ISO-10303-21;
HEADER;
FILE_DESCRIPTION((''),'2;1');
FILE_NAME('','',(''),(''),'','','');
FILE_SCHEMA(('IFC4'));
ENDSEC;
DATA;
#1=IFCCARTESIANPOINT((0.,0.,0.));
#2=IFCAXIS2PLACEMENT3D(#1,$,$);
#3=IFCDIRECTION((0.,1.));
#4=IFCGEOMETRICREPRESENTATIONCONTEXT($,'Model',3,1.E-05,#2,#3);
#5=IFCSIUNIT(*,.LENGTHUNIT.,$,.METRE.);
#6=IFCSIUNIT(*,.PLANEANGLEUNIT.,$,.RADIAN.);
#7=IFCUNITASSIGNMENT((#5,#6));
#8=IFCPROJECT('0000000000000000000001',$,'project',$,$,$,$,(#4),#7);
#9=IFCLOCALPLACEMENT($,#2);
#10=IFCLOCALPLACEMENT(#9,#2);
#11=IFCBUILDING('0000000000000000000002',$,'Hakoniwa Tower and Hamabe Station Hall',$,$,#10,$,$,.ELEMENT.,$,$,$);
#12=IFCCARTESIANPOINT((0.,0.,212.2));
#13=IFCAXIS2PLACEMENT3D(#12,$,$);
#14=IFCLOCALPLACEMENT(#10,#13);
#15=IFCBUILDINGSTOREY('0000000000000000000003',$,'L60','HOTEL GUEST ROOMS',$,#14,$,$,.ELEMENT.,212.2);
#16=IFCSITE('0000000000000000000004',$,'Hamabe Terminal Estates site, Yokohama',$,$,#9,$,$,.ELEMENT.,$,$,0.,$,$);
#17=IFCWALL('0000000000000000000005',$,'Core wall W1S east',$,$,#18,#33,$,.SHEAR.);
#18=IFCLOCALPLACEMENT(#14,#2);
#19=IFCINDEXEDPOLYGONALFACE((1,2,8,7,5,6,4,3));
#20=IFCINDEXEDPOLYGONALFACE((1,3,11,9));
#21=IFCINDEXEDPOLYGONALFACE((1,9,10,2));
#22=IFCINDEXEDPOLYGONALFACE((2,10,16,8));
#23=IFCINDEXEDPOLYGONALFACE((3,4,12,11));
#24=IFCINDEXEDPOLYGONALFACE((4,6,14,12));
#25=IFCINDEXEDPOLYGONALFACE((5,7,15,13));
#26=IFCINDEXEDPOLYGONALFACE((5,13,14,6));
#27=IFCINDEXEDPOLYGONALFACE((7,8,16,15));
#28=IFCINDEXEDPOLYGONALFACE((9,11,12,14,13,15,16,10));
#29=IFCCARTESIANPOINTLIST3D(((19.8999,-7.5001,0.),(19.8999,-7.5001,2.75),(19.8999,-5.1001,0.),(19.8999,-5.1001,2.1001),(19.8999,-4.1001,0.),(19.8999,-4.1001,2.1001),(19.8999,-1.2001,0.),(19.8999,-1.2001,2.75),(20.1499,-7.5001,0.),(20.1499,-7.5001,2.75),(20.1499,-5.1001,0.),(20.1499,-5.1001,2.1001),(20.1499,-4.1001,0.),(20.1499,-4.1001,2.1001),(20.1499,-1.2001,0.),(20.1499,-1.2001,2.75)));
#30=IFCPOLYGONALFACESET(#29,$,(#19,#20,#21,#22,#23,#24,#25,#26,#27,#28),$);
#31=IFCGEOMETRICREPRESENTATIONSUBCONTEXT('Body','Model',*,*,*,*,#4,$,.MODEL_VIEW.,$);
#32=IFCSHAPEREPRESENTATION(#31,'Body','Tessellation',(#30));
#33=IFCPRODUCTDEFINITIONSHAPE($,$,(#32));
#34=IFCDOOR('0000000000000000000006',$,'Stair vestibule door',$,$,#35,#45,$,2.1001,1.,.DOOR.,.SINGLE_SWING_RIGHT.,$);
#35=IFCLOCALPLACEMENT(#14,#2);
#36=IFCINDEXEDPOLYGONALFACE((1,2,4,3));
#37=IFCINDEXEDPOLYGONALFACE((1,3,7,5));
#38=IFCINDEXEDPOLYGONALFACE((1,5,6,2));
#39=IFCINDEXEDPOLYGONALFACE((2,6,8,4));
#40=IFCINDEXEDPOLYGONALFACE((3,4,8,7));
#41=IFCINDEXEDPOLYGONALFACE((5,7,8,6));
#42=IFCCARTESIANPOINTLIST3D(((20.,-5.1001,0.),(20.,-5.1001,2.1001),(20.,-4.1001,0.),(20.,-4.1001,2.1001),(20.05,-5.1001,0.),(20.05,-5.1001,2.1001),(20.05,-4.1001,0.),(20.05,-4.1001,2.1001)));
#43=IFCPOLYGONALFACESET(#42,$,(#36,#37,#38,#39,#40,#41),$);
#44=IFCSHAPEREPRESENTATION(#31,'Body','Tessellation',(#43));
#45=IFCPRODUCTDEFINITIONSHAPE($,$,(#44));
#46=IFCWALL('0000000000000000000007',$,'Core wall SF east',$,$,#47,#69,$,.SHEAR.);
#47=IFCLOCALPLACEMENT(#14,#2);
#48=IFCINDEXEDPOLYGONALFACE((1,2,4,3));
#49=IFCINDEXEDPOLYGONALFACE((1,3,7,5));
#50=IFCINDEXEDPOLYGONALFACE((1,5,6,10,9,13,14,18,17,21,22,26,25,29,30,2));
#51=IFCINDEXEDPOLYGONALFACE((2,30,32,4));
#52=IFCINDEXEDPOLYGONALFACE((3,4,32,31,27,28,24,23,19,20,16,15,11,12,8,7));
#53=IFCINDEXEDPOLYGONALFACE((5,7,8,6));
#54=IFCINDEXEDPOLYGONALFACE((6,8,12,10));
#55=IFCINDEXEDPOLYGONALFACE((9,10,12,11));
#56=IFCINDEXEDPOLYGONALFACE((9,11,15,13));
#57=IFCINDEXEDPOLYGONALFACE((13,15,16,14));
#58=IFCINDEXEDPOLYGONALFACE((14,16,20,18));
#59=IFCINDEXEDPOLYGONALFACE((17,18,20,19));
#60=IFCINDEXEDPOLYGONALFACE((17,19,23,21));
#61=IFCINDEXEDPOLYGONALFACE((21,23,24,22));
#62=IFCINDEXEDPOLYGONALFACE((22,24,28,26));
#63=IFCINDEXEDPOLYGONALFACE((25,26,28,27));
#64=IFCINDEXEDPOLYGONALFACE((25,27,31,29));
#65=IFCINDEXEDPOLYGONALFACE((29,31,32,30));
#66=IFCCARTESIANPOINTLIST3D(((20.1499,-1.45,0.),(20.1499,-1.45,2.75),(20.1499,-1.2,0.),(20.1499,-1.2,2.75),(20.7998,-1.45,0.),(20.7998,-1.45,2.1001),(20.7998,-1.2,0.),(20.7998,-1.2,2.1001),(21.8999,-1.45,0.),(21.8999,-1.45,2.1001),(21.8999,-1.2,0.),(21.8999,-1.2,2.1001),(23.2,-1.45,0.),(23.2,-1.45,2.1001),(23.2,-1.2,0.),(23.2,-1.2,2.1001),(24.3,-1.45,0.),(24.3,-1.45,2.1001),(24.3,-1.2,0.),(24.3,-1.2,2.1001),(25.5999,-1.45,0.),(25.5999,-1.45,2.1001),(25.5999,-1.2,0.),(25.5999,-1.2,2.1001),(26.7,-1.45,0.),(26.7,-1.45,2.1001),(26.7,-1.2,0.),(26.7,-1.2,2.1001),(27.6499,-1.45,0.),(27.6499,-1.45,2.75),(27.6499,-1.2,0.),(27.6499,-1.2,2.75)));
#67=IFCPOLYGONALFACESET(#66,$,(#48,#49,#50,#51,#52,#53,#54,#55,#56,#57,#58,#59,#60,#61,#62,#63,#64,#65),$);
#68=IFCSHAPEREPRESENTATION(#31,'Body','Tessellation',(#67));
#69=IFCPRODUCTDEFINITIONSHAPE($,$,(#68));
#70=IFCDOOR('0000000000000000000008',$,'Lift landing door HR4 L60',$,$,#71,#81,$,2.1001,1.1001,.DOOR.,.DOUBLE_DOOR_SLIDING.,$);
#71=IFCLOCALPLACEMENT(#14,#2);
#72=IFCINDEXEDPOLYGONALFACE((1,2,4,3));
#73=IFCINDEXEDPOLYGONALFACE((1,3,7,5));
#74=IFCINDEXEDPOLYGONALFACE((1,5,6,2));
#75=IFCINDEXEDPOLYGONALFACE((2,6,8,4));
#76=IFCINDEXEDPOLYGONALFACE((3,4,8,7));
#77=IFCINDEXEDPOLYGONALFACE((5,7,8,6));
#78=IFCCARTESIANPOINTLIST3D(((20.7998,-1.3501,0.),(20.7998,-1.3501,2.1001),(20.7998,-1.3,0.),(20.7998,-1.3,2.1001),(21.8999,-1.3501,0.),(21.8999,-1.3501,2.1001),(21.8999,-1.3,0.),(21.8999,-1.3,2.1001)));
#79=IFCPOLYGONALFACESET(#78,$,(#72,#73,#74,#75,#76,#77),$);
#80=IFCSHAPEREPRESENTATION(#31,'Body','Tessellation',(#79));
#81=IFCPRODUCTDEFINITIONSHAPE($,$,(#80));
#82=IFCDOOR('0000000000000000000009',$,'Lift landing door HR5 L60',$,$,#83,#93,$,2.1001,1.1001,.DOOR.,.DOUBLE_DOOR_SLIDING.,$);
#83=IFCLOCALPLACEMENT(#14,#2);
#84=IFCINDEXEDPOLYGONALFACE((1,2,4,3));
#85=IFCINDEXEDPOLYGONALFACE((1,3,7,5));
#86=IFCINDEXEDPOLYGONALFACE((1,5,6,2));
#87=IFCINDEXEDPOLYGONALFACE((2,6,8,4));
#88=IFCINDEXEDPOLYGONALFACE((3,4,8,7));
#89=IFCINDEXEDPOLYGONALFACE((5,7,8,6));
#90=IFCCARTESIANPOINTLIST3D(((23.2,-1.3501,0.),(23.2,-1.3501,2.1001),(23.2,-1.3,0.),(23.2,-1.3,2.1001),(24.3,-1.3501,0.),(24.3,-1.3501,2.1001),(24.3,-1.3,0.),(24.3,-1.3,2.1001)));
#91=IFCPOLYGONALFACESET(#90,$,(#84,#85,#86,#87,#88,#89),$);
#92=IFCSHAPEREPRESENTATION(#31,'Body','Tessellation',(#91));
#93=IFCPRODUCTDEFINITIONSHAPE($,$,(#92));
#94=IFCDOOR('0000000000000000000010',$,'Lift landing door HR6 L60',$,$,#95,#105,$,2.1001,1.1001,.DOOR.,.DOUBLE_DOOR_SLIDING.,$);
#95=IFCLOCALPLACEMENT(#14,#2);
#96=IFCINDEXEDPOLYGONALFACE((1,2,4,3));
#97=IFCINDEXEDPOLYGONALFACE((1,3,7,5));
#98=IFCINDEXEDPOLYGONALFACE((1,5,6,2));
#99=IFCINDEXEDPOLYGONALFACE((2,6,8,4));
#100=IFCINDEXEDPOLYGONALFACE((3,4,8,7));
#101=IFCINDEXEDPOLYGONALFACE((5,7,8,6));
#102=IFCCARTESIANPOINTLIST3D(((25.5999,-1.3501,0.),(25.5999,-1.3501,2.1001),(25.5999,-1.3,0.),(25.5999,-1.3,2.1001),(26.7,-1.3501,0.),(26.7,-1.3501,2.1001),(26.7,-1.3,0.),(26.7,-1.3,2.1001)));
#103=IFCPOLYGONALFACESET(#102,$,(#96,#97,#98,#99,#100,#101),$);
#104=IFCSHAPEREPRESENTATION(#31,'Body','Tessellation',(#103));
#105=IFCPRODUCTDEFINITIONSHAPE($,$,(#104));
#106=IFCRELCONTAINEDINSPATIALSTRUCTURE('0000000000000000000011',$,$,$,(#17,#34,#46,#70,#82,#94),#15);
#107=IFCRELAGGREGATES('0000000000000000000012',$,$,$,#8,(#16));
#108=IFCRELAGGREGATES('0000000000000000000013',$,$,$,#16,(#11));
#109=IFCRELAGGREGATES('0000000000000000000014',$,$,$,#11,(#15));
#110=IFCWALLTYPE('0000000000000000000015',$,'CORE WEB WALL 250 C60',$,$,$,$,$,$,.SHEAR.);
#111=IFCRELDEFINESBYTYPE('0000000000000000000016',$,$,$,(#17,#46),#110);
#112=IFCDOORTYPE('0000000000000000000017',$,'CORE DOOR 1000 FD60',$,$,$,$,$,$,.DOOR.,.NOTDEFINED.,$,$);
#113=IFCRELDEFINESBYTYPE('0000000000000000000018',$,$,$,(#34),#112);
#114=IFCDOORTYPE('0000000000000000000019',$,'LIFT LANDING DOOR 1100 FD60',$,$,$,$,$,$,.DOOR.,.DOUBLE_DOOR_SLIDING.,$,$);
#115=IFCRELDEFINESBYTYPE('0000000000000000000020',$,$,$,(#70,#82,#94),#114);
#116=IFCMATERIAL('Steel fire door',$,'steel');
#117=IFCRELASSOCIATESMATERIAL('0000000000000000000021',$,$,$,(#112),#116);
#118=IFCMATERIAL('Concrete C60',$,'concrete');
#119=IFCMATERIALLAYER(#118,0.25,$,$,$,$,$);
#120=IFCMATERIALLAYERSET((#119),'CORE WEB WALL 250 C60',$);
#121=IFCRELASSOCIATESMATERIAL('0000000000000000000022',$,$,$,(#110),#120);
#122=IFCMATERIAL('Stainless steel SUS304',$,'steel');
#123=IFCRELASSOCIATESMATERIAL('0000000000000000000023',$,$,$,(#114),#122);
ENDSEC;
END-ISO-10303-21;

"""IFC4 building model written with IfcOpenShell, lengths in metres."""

from ifc_helpers import new_model, si_unit, direction, frame, frame_2d, origin, place, context, subcontext, project, spatial, rectangle, extrude, material, layer, layer_set, type_object, element, fill, save


model = new_model("IFC4")

# Units and contexts
model_context = context("Model", 3, precision=1e-05, world=origin(), true_north=direction((0.0, 1.0)))
body_context = subcontext(model_context, "Body", "Model", "MODEL_VIEW")
ifc_project = project(units=[si_unit("LENGTHUNIT", "METRE"), si_unit("PLANEANGLEUNIT", "RADIAN")], contexts=[model_context])

# Site, building, storey
site_placement = place(None, origin())
site = spatial("IfcSite", under=ifc_project, at=site_placement, Name="Hamabe Terminal Estates site, Yokohama", CompositionType="ELEMENT", RefElevation=0.0)
building_placement = place(site_placement, origin())
building = spatial("IfcBuilding", under=site, at=building_placement, Name="Hakoniwa Tower and Hamabe Station Hall", CompositionType="ELEMENT")
storey_placement = place(building_placement, frame((0.0, 0.0, 212.2)))
storey = spatial("IfcBuildingStorey", under=building, at=storey_placement, Name="L60", Description="HOTEL GUEST ROOMS", CompositionType="ELEMENT", Elevation=212.2)

# Wall, opening, door
ifc_material_1 = material(Name="Steel fire door", Category="steel")
door_type_1 = type_object("IfcDoorType", Name="CORE DOOR 1000 FD60", OperationType="NOTDEFINED", PredefinedType="DOOR", material=ifc_material_1)
ifc_material_2 = material(Name="Concrete C60", Category="concrete")
ifc_layer_1 = layer(ifc_material_2, 0.25)
ifc_layer_set_1 = layer_set([ifc_layer_1], Name="CORE WEB WALL 250 C60")
wall_type_1 = type_object("IfcWallType", Name="CORE WEB WALL 250 C60", PredefinedType="SHEAR", material=ifc_layer_set_1)
wall_1_placement = place(storey_placement, frame((20.0249, -7.5, 0.0), z_axis=(0.0, 0.0, 1.0), x_axis=(0.0, 1.0, 0.0)))
wall_1 = element("IfcWall", 1, at=wall_1_placement, inside=storey, type_object=wall_type_1, Name="Core wall W1S east", PredefinedType="SHEAR", context=body_context, shape_type="SweptSolid", body=[
    extrude(rectangle(XDim=6.3, YDim=0.25, at=frame_2d((3.1499, 0.0))), origin(), (0.0, 0.0, 1.0), 2.75),
])
opening_1_placement = place(wall_1_placement, frame((2.3999, 0.0, 0.0)))
opening_1 = element("IfcOpeningElement", 2, at=opening_1_placement, cuts=wall_1, PredefinedType="OPENING", context=body_context, shape_type="SweptSolid", body=[
    extrude(rectangle(XDim=1.0, YDim=2.1001, at=frame_2d((0.5, 1.05))), frame((0.0, 0.135, 0.0), z_axis=(0.0, -1.0, 0.0), x_axis=(1.0, 0.0, 0.0)), (0.0, 0.0, 1.0), 0.27),
])
door_1_placement = place(opening_1_placement, origin())
door_1 = element("IfcDoor", 3, at=door_1_placement, inside=storey, type_object=door_type_1, Name="Stair vestibule door", OperationType="SINGLE_SWING_RIGHT", OverallHeight=2.1001, OverallWidth=1.0, PredefinedType="DOOR", context=body_context, shape_type="SweptSolid", body=[
    extrude(rectangle(XDim=1.0, YDim=2.1001, at=frame_2d((0.5, 1.05))), frame((0.0, 0.0249, 0.0), z_axis=(0.0, -1.0, 0.0), x_axis=(1.0, 0.0, 0.0)), (0.0, 0.0, 1.0), 0.05),
])
fill(opening_1, door_1)

# Wall, openings, doors
wall_2_placement = place(storey_placement, frame((20.1499, -1.325, 0.0), z_axis=(0.0, 0.0, 1.0), x_axis=(1.0, 0.0, 0.0)))
wall_2 = element("IfcWall", 4, at=wall_2_placement, inside=storey, type_object=wall_type_1, Name="Core wall SF east", PredefinedType="SHEAR", context=body_context, shape_type="SweptSolid", body=[
    extrude(rectangle(XDim=7.5, YDim=0.25, at=frame_2d((3.75, 0.0))), origin(), (0.0, 0.0, 1.0), 2.75),
])
opening_2_placement = place(wall_2_placement, frame((0.6499, 0.0, 0.0)))
opening_2 = element("IfcOpeningElement", 5, at=opening_2_placement, cuts=wall_2, PredefinedType="OPENING", context=body_context, shape_type="SweptSolid", body=[
    extrude(rectangle(XDim=1.1001, YDim=2.1001, at=frame_2d((0.55, 1.05))), frame((0.0, 0.135, 0.0), z_axis=(0.0, -1.0, 0.0), x_axis=(1.0, 0.0, 0.0)), (0.0, 0.0, 1.0), 0.27),
])
opening_3_placement = place(wall_2_placement, frame((3.05, 0.0, 0.0)))
opening_3 = element("IfcOpeningElement", 6, at=opening_3_placement, cuts=wall_2, PredefinedType="OPENING", context=body_context, shape_type="SweptSolid", body=[
    extrude(rectangle(XDim=1.1001, YDim=2.1001, at=frame_2d((0.55, 1.05))), frame((0.0, 0.135, 0.0), z_axis=(0.0, -1.0, 0.0), x_axis=(1.0, 0.0, 0.0)), (0.0, 0.0, 1.0), 0.27),
])
opening_4_placement = place(wall_2_placement, frame((5.45, 0.0, 0.0)))
opening_4 = element("IfcOpeningElement", 7, at=opening_4_placement, cuts=wall_2, PredefinedType="OPENING", context=body_context, shape_type="SweptSolid", body=[
    extrude(rectangle(XDim=1.1001, YDim=2.1001, at=frame_2d((0.55, 1.05))), frame((0.0, 0.135, 0.0), z_axis=(0.0, -1.0, 0.0), x_axis=(1.0, 0.0, 0.0)), (0.0, 0.0, 1.0), 0.27),
])
ifc_material_3 = material(Name="Stainless steel SUS304", Category="steel")
door_type_2 = type_object("IfcDoorType", Name="LIFT LANDING DOOR 1100 FD60", OperationType="DOUBLE_DOOR_SLIDING", PredefinedType="DOOR", material=ifc_material_3)
door_2_placement = place(opening_2_placement, origin())
door_2 = element("IfcDoor", 8, at=door_2_placement, inside=storey, type_object=door_type_2, Name="Lift landing door HR4 L60", OperationType="DOUBLE_DOOR_SLIDING", OverallHeight=2.1001, OverallWidth=1.1001, PredefinedType="DOOR", context=body_context, shape_type="SweptSolid", body=[
    extrude(rectangle(XDim=1.1001, YDim=2.1001, at=frame_2d((0.55, 1.05))), frame((0.0, 0.0249, 0.0), z_axis=(0.0, -1.0, 0.0), x_axis=(1.0, 0.0, 0.0)), (0.0, 0.0, 1.0), 0.05),
])
fill(opening_2, door_2)
door_3_placement = place(opening_3_placement, origin())
door_3 = element("IfcDoor", 9, at=door_3_placement, inside=storey, type_object=door_type_2, Name="Lift landing door HR5 L60", OperationType="DOUBLE_DOOR_SLIDING", OverallHeight=2.1001, OverallWidth=1.1001, PredefinedType="DOOR", context=body_context, shape_type="SweptSolid", body=[
    extrude(rectangle(XDim=1.1001, YDim=2.1001, at=frame_2d((0.55, 1.05))), frame((0.0, 0.0249, 0.0), z_axis=(0.0, -1.0, 0.0), x_axis=(1.0, 0.0, 0.0)), (0.0, 0.0, 1.0), 0.05),
])
fill(opening_3, door_3)
door_4_placement = place(opening_4_placement, origin())
door_4 = element("IfcDoor", 10, at=door_4_placement, inside=storey, type_object=door_type_2, Name="Lift landing door HR6 L60", OperationType="DOUBLE_DOOR_SLIDING", OverallHeight=2.1001, OverallWidth=1.1001, PredefinedType="DOOR", context=body_context, shape_type="SweptSolid", body=[
    extrude(rectangle(XDim=1.1001, YDim=2.1001, at=frame_2d((0.55, 1.05))), frame((0.0, 0.0249, 0.0), z_axis=(0.0, -1.0, 0.0), x_axis=(1.0, 0.0, 0.0)), (0.0, 0.0, 1.0), 0.05),
])
fill(opening_4, door_4)

save(model, "model.ifc")
